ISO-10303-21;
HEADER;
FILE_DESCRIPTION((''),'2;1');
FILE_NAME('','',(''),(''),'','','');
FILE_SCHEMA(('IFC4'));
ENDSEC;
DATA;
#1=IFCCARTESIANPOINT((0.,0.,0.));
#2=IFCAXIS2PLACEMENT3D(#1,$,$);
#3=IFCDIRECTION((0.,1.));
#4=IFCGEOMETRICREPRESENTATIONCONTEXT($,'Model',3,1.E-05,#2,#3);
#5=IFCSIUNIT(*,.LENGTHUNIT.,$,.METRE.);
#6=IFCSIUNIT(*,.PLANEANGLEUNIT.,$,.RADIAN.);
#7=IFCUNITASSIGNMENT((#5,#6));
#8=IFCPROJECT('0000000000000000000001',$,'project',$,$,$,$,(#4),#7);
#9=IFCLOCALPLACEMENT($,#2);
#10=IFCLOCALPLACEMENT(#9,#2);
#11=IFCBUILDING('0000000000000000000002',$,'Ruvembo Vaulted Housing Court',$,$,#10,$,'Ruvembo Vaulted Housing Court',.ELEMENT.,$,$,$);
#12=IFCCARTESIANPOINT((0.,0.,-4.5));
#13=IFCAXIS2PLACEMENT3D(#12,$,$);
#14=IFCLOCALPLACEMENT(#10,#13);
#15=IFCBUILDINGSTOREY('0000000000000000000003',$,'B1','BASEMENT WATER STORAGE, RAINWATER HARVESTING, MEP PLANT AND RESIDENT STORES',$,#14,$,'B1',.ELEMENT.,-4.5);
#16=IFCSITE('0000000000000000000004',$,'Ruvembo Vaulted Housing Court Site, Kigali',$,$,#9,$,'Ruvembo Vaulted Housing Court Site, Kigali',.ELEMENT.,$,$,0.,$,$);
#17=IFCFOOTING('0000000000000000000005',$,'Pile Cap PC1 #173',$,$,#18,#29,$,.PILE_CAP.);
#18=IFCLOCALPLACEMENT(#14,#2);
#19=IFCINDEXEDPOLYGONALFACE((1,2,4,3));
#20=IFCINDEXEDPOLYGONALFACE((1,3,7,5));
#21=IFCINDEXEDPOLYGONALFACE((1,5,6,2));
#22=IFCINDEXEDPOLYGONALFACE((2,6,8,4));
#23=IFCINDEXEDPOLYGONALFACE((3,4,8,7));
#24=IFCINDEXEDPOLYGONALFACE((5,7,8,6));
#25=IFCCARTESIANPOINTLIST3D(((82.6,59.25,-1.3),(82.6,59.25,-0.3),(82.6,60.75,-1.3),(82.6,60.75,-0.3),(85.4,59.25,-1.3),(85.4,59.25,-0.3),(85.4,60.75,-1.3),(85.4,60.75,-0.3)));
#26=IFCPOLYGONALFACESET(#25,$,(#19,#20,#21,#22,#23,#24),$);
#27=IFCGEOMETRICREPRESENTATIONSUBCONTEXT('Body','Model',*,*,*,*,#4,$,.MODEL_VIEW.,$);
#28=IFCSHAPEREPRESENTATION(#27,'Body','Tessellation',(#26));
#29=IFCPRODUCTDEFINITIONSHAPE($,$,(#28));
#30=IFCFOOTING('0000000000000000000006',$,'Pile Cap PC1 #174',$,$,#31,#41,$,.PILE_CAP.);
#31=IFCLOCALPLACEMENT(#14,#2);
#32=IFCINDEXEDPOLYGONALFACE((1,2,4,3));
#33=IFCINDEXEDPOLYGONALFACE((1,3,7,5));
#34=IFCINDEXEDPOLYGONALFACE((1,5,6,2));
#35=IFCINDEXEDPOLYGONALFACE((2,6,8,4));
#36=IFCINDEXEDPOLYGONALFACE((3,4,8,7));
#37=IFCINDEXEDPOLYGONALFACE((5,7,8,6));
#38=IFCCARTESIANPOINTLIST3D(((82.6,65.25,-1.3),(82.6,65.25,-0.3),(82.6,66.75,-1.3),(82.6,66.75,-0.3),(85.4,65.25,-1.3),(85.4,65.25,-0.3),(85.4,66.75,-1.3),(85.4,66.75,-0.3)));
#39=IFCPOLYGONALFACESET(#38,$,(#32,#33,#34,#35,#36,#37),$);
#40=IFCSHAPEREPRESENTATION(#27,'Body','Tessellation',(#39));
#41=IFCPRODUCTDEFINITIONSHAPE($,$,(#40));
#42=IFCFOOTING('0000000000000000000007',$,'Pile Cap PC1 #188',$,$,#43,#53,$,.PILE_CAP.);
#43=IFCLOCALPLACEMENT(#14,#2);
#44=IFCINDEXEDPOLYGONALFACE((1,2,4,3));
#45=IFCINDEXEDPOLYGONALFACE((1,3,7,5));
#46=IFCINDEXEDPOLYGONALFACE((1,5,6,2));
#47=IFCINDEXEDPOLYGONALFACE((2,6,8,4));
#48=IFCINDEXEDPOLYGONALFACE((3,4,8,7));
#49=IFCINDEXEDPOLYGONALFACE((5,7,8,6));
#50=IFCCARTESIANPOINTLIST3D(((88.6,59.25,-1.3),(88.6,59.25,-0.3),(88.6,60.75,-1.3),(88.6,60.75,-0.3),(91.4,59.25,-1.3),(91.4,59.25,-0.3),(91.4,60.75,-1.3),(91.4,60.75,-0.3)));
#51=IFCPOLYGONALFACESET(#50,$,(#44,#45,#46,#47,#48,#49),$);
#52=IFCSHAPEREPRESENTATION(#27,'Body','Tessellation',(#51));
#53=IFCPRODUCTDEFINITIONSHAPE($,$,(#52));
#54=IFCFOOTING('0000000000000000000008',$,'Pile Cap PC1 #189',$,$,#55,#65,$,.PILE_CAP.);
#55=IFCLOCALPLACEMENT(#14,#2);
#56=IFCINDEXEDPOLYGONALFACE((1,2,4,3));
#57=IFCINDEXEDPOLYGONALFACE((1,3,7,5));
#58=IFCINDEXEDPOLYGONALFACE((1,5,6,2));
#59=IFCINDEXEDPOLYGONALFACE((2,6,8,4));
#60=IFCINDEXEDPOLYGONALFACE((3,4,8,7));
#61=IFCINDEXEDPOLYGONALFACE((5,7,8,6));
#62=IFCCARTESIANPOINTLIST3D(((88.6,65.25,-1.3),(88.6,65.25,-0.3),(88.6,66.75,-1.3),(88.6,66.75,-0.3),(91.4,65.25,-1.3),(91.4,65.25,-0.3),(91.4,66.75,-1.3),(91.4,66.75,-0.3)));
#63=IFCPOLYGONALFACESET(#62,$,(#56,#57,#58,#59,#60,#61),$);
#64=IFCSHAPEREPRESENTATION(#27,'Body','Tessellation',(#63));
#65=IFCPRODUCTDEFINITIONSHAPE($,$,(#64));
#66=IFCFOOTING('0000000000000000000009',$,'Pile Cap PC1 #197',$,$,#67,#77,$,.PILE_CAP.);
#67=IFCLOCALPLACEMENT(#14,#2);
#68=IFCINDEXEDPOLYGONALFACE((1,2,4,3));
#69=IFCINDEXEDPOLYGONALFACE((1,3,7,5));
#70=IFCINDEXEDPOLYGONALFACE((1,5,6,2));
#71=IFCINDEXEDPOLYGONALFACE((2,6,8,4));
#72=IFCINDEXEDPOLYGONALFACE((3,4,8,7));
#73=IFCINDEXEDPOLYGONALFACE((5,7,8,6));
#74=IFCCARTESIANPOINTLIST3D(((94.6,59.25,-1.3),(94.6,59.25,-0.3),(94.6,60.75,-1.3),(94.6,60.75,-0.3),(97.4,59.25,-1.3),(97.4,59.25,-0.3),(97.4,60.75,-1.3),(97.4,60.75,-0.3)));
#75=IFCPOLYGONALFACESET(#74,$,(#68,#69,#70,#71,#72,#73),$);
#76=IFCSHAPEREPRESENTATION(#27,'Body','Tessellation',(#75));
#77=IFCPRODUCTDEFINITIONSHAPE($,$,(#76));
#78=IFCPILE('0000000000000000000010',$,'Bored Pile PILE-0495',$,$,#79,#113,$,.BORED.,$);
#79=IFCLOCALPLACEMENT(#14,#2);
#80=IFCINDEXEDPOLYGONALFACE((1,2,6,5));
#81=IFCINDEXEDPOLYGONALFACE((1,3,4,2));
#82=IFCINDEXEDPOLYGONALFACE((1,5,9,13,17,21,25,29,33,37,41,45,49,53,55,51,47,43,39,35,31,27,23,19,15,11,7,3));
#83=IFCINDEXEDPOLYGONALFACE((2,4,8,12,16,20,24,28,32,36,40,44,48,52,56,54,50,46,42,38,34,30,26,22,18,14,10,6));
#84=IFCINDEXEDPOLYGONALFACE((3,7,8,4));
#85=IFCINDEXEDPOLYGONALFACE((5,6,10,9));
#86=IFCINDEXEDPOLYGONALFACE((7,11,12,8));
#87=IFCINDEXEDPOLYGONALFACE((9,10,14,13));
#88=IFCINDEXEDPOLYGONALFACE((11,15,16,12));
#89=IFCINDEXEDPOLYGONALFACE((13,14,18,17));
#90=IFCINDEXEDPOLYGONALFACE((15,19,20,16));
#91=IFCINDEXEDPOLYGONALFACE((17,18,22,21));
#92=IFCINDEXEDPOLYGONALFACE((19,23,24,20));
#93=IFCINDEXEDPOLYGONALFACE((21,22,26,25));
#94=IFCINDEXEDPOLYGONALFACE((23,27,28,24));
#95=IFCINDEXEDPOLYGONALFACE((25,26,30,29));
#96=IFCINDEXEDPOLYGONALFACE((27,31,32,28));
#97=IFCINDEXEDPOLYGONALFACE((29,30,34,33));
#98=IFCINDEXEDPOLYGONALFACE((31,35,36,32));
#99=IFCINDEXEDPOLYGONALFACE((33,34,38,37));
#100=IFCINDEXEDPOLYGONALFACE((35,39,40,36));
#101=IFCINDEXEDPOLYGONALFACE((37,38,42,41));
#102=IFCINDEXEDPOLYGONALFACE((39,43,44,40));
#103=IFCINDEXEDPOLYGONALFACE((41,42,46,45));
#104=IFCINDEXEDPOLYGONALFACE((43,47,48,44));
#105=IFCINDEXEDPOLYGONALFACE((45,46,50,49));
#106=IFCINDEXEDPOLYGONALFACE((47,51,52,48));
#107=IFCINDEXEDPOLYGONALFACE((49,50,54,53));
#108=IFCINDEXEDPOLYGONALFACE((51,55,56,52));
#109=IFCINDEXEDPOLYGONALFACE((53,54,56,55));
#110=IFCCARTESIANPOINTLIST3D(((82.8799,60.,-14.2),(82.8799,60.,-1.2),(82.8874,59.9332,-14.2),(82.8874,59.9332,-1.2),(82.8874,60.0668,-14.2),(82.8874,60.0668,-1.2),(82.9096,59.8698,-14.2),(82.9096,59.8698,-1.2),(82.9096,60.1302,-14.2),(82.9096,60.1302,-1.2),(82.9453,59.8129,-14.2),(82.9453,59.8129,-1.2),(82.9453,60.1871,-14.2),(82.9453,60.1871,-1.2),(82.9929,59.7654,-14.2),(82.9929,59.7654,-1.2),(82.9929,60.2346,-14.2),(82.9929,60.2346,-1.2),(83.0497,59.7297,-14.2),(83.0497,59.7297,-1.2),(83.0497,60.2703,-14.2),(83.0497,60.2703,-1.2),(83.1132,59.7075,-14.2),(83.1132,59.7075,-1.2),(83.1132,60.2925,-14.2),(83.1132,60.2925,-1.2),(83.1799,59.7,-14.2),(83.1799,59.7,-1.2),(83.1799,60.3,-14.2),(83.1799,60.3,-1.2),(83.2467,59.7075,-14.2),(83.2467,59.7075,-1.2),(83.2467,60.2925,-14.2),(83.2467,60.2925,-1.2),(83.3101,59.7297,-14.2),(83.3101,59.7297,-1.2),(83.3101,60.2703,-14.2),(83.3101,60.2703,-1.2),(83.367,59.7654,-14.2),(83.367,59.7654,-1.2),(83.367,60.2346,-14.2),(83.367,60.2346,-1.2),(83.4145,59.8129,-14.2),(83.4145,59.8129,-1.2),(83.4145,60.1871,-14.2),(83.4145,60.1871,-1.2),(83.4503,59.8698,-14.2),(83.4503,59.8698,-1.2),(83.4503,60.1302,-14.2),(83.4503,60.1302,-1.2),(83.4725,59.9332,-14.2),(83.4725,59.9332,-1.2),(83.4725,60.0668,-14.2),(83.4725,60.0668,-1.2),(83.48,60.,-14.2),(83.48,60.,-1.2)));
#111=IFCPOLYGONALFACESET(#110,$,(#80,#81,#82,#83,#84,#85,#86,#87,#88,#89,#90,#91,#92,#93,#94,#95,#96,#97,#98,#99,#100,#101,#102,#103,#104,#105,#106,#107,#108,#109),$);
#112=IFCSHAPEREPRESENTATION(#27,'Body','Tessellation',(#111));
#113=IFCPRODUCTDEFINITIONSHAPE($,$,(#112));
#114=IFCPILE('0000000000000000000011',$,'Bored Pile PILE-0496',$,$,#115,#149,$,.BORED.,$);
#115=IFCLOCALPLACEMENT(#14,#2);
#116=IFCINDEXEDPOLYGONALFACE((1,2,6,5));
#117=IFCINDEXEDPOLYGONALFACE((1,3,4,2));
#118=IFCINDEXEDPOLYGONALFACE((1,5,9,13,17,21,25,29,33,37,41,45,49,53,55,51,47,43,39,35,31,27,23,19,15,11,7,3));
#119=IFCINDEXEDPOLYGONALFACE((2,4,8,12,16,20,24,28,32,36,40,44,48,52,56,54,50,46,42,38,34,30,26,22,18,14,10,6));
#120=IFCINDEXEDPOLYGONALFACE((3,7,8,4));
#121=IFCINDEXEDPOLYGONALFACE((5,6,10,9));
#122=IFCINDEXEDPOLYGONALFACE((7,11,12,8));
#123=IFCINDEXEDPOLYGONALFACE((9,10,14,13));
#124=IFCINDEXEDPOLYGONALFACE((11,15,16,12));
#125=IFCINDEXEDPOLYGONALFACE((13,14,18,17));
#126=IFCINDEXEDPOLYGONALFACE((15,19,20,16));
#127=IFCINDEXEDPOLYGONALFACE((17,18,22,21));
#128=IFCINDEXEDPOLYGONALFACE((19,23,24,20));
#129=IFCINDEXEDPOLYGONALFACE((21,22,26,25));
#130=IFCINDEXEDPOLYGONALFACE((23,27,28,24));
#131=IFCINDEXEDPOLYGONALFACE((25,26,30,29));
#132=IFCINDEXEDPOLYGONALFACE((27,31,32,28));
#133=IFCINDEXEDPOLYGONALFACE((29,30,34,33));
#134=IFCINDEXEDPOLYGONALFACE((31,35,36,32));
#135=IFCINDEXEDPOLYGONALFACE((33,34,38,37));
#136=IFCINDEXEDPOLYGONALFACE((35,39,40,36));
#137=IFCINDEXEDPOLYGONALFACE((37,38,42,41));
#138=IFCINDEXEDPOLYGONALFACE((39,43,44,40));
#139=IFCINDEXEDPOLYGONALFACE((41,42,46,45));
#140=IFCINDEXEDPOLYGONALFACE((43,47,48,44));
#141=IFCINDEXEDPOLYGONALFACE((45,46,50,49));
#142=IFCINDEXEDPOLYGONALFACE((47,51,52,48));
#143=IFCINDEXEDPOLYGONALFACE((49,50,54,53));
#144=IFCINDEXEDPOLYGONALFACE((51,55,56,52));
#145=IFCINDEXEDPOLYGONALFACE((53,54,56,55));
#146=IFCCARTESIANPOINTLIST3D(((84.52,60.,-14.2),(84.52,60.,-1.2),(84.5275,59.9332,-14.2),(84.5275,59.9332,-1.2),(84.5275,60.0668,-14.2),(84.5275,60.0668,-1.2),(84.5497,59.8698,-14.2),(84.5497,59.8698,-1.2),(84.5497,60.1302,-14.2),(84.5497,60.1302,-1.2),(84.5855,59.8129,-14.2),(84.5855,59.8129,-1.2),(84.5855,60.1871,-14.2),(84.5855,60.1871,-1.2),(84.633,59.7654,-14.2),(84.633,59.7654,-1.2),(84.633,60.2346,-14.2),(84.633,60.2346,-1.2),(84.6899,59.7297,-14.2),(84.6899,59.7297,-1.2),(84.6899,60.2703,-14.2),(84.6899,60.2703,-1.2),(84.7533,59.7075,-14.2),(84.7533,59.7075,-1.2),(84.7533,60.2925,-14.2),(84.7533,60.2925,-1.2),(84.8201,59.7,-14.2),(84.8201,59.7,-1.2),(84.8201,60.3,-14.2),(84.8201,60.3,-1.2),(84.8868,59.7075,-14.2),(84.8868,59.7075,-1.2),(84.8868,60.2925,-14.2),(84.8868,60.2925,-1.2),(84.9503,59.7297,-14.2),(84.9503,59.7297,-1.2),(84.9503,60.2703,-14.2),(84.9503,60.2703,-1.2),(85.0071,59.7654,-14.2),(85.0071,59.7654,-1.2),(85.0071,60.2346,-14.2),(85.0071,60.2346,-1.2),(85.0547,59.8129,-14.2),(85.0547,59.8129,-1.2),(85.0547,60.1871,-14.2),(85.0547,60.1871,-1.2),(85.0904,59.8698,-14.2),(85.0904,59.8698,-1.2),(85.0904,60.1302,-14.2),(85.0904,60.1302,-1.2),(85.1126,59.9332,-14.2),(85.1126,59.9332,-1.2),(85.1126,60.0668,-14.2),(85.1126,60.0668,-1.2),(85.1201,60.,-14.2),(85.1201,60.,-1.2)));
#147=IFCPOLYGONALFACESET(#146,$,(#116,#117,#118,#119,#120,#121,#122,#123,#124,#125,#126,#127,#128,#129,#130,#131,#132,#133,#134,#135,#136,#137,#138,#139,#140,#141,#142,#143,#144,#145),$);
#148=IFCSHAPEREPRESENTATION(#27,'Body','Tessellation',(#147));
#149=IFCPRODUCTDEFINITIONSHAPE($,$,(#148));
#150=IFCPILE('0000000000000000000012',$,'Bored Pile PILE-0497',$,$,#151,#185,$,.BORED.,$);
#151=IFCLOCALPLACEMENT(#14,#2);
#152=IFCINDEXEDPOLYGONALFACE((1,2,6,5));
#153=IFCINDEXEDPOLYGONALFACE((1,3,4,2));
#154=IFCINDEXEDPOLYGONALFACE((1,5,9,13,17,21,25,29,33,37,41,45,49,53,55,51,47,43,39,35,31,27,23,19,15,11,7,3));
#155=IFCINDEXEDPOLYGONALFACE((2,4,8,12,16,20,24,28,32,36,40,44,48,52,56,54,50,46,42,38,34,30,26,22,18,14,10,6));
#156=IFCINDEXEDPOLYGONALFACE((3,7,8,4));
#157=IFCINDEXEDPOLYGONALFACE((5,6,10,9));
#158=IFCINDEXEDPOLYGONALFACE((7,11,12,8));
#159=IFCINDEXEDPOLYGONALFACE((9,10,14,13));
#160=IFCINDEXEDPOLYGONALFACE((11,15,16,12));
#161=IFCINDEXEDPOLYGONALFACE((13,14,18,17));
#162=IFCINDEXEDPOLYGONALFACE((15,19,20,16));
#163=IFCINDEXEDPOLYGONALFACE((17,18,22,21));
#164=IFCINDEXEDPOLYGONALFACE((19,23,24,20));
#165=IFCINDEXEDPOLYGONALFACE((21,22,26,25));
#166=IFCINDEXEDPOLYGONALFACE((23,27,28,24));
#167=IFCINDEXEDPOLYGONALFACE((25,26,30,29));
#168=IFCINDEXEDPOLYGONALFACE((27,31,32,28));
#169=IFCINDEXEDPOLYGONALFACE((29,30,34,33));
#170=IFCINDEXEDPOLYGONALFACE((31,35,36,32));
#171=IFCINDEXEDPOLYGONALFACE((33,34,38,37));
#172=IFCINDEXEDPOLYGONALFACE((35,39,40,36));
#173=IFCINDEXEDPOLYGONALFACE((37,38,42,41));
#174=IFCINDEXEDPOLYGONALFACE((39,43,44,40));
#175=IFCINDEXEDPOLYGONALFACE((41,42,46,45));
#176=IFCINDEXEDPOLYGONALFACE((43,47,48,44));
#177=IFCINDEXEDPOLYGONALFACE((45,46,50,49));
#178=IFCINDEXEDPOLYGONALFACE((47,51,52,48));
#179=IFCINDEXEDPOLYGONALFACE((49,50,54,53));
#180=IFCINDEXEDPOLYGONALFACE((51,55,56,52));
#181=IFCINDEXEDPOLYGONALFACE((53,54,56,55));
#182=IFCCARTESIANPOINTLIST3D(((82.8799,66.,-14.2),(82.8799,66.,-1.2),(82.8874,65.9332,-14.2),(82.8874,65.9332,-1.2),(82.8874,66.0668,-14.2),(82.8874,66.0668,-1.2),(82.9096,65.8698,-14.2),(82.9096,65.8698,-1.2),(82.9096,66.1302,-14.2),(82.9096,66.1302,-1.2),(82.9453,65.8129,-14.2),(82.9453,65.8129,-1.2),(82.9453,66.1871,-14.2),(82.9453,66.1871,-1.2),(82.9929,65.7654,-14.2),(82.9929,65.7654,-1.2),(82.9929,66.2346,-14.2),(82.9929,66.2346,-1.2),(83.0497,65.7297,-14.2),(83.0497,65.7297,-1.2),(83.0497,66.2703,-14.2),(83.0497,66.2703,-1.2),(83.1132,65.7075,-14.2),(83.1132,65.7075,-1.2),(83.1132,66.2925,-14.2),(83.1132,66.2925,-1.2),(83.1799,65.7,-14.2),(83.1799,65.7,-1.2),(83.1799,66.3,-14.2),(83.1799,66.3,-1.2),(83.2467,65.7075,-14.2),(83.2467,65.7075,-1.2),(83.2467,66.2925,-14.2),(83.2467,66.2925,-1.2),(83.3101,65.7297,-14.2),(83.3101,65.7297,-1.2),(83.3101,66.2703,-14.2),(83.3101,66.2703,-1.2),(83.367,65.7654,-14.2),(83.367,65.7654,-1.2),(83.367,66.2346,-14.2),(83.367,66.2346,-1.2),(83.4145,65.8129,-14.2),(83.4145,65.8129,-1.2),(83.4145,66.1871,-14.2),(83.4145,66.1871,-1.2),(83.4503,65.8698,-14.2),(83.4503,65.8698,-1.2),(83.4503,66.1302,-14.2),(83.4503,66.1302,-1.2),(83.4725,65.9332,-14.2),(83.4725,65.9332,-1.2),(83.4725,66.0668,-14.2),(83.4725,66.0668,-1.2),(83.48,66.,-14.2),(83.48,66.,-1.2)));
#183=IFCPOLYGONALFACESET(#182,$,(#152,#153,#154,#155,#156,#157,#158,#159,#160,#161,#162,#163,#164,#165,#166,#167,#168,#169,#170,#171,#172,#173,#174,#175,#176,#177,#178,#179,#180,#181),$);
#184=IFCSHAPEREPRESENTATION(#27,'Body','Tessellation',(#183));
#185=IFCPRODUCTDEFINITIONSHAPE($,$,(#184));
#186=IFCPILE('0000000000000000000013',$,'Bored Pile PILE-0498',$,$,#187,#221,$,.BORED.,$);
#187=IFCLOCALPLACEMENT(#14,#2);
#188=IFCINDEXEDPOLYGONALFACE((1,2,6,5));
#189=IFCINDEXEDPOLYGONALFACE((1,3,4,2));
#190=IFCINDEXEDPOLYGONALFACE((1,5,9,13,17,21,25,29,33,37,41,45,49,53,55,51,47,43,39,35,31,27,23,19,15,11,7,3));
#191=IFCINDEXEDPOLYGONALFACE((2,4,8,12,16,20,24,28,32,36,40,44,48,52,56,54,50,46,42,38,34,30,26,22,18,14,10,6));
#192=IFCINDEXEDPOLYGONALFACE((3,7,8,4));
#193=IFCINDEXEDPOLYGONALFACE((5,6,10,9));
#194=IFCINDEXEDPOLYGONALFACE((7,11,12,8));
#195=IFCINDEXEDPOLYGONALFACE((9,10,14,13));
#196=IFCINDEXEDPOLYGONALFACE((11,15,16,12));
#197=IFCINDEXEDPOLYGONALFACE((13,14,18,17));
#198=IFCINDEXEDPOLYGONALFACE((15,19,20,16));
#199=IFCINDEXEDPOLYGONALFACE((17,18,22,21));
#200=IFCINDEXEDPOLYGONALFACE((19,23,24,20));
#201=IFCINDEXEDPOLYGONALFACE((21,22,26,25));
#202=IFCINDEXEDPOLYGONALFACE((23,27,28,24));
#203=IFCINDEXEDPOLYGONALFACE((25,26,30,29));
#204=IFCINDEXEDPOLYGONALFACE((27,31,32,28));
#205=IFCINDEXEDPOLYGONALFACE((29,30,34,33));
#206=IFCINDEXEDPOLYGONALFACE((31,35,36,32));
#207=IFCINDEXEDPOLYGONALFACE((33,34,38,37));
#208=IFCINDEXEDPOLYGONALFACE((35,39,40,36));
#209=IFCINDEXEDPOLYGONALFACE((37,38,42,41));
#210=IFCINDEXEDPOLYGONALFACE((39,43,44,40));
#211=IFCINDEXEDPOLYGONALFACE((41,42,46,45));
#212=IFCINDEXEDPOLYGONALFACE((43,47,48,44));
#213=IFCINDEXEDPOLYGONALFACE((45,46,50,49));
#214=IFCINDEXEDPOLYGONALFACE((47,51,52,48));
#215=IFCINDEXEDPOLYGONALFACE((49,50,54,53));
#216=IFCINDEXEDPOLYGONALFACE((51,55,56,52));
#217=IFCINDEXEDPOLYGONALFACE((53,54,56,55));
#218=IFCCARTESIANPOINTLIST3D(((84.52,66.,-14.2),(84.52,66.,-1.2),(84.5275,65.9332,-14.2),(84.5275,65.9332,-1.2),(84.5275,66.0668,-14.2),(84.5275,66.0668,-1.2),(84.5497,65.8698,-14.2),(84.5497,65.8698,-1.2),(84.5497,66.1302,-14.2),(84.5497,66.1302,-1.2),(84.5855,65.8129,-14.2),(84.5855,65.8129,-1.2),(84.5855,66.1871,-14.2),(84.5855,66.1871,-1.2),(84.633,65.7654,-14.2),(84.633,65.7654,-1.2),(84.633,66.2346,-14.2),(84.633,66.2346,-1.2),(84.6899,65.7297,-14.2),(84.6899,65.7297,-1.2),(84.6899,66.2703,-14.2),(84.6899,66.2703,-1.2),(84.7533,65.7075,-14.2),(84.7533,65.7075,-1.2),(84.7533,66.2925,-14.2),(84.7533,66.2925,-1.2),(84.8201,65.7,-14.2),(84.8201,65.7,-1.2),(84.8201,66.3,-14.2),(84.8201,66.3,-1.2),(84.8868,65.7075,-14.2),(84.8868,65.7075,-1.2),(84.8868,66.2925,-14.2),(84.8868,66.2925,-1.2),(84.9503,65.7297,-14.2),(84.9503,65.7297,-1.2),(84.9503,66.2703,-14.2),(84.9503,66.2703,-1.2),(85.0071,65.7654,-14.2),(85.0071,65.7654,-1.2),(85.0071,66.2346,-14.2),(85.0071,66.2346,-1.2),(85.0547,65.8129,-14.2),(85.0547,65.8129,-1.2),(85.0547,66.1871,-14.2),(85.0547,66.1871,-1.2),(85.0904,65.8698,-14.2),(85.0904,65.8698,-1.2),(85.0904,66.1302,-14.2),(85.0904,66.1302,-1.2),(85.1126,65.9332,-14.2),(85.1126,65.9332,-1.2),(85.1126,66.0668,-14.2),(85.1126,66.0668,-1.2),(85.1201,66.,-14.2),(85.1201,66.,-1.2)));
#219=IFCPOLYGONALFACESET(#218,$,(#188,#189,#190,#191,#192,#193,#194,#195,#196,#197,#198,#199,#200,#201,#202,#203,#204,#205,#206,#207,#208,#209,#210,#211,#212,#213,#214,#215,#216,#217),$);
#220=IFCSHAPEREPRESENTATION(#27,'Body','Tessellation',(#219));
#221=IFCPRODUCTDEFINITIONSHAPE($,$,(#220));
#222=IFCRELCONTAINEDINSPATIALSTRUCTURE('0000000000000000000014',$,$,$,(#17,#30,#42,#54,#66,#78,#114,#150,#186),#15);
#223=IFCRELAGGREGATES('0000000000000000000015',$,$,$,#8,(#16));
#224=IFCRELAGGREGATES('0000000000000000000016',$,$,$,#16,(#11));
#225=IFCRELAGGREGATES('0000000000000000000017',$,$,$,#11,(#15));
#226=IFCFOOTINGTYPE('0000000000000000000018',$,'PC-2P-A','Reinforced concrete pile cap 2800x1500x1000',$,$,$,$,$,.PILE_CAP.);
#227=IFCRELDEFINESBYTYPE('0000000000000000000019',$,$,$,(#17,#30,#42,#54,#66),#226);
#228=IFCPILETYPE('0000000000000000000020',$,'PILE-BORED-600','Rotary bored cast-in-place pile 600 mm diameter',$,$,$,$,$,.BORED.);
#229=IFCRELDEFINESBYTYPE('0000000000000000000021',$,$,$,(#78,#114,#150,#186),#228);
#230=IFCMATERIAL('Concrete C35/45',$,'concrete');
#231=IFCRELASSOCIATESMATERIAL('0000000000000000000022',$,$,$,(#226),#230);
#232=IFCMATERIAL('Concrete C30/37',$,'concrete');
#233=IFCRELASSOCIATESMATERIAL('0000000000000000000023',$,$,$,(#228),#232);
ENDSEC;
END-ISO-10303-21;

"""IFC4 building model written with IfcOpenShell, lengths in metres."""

from ifc_helpers import new_model, si_unit, direction, frame, origin, origin_2d, place, context, subcontext, project, spatial, rectangle, circle, extrude, material, material_profile, profile_set, type_object, element, save


model = new_model("IFC4")

# Units and contexts
model_context = context("Model", 3, precision=1e-05, world=origin(), true_north=direction((0.0, 1.0)))
body_context = subcontext(model_context, "Body", "Model", "MODEL_VIEW")
ifc_project = project(units=[si_unit("LENGTHUNIT", "METRE"), si_unit("PLANEANGLEUNIT", "RADIAN")], contexts=[model_context])

# Site, building, storey
site_placement = place(None, origin())
site = spatial("IfcSite", under=ifc_project, at=site_placement, Name="Ruvembo Vaulted Housing Court Site, Kigali", LongName="Ruvembo Vaulted Housing Court Site, Kigali", CompositionType="ELEMENT", RefElevation=0.0)
building_placement = place(site_placement, origin())
building = spatial("IfcBuilding", under=site, at=building_placement, Name="Ruvembo Vaulted Housing Court", LongName="Ruvembo Vaulted Housing Court", CompositionType="ELEMENT")
storey_placement = place(building_placement, frame((0.0, 0.0, -4.5)))
storey = spatial("IfcBuildingStorey", under=building, at=storey_placement, Name="B1", Description="BASEMENT WATER STORAGE, RAINWATER HARVESTING, MEP PLANT AND RESIDENT STORES", LongName="B1", CompositionType="ELEMENT", Elevation=-4.5)

# Footings
ifc_material_1 = material(Name="Concrete C35/45", Category="concrete")
footing_type = type_object("IfcFootingType", Name="PC-2P-A", Description="Reinforced concrete pile cap 2800x1500x1000", PredefinedType="PILE_CAP", material=ifc_material_1)
for number, where, z_axis, x_axis, name in (
    (1, (84.0, 60.0, -1.3), (0.0, 0.0, 1.0), (1.0, 0.0, 0.0), "Pile Cap PC1 #173"),
    (2, (84.0, 66.0, -1.3), (0.0, 0.0, 1.0), (1.0, 0.0, 0.0), "Pile Cap PC1 #174"),
    (3, (90.0, 60.0, -1.3), (0.0, 0.0, 1.0), (1.0, 0.0, 0.0), "Pile Cap PC1 #188"),
    (4, (90.0, 66.0, -1.3), (0.0, 0.0, 1.0), (1.0, 0.0, 0.0), "Pile Cap PC1 #189"),
    (5, (96.0, 60.0, -1.3), (0.0, 0.0, 1.0), (1.0, 0.0, 0.0), "Pile Cap PC1 #197"),
):
    element("IfcFooting", number, at=place(storey_placement, frame(where, z_axis=z_axis, x_axis=x_axis)), inside=storey, type_object=footing_type, Name=name, PredefinedType="PILE_CAP", context=body_context, shape_type="SweptSolid", body=[
        extrude(rectangle(XDim=2.8, YDim=1.5, at=origin_2d()), origin(), (0.0, 0.0, 1.0), 1.0),
    ])

# Piles
ifc_material_2 = material(Name="Concrete C30/37", Category="concrete")
ifc_material_profile_1 = material_profile(ifc_material_2, circle(Radius=0.3, at=origin_2d()), Name="PILE D600")
ifc_profile_set_1 = profile_set([ifc_material_profile_1], Name="Concrete C30/37")
pile_type = type_object("IfcPileType", Name="PILE-BORED-600", Description="Rotary bored cast-in-place pile 600 mm diameter", PredefinedType="BORED", material=ifc_profile_set_1)
for number, where, z_axis, x_axis, name in (
    (6, (83.1799, 60.0, -1.2), (0.0, 0.0, -1.0), (1.0, 0.0, 0.0), "Bored Pile PILE-0495"),
    (7, (84.8201, 60.0, -1.2), (0.0, 0.0, -1.0), (1.0, 0.0, 0.0), "Bored Pile PILE-0496"),
    (8, (83.1799, 66.0, -1.2), (0.0, 0.0, -1.0), (1.0, 0.0, 0.0), "Bored Pile PILE-0497"),
    (9, (84.8201, 66.0, -1.2), (0.0, 0.0, -1.0), (1.0, 0.0, 0.0), "Bored Pile PILE-0498"),
):
    element("IfcPile", number, at=place(storey_placement, frame(where, z_axis=z_axis, x_axis=x_axis)), inside=storey, type_object=pile_type, Name=name, PredefinedType="BORED", context=body_context, shape_type="SweptSolid", body=[
        extrude(circle(Radius=0.3, at=origin_2d()), origin(), (0.0, 0.0, 1.0), 13.0),
    ])

save(model, "model.ifc")
